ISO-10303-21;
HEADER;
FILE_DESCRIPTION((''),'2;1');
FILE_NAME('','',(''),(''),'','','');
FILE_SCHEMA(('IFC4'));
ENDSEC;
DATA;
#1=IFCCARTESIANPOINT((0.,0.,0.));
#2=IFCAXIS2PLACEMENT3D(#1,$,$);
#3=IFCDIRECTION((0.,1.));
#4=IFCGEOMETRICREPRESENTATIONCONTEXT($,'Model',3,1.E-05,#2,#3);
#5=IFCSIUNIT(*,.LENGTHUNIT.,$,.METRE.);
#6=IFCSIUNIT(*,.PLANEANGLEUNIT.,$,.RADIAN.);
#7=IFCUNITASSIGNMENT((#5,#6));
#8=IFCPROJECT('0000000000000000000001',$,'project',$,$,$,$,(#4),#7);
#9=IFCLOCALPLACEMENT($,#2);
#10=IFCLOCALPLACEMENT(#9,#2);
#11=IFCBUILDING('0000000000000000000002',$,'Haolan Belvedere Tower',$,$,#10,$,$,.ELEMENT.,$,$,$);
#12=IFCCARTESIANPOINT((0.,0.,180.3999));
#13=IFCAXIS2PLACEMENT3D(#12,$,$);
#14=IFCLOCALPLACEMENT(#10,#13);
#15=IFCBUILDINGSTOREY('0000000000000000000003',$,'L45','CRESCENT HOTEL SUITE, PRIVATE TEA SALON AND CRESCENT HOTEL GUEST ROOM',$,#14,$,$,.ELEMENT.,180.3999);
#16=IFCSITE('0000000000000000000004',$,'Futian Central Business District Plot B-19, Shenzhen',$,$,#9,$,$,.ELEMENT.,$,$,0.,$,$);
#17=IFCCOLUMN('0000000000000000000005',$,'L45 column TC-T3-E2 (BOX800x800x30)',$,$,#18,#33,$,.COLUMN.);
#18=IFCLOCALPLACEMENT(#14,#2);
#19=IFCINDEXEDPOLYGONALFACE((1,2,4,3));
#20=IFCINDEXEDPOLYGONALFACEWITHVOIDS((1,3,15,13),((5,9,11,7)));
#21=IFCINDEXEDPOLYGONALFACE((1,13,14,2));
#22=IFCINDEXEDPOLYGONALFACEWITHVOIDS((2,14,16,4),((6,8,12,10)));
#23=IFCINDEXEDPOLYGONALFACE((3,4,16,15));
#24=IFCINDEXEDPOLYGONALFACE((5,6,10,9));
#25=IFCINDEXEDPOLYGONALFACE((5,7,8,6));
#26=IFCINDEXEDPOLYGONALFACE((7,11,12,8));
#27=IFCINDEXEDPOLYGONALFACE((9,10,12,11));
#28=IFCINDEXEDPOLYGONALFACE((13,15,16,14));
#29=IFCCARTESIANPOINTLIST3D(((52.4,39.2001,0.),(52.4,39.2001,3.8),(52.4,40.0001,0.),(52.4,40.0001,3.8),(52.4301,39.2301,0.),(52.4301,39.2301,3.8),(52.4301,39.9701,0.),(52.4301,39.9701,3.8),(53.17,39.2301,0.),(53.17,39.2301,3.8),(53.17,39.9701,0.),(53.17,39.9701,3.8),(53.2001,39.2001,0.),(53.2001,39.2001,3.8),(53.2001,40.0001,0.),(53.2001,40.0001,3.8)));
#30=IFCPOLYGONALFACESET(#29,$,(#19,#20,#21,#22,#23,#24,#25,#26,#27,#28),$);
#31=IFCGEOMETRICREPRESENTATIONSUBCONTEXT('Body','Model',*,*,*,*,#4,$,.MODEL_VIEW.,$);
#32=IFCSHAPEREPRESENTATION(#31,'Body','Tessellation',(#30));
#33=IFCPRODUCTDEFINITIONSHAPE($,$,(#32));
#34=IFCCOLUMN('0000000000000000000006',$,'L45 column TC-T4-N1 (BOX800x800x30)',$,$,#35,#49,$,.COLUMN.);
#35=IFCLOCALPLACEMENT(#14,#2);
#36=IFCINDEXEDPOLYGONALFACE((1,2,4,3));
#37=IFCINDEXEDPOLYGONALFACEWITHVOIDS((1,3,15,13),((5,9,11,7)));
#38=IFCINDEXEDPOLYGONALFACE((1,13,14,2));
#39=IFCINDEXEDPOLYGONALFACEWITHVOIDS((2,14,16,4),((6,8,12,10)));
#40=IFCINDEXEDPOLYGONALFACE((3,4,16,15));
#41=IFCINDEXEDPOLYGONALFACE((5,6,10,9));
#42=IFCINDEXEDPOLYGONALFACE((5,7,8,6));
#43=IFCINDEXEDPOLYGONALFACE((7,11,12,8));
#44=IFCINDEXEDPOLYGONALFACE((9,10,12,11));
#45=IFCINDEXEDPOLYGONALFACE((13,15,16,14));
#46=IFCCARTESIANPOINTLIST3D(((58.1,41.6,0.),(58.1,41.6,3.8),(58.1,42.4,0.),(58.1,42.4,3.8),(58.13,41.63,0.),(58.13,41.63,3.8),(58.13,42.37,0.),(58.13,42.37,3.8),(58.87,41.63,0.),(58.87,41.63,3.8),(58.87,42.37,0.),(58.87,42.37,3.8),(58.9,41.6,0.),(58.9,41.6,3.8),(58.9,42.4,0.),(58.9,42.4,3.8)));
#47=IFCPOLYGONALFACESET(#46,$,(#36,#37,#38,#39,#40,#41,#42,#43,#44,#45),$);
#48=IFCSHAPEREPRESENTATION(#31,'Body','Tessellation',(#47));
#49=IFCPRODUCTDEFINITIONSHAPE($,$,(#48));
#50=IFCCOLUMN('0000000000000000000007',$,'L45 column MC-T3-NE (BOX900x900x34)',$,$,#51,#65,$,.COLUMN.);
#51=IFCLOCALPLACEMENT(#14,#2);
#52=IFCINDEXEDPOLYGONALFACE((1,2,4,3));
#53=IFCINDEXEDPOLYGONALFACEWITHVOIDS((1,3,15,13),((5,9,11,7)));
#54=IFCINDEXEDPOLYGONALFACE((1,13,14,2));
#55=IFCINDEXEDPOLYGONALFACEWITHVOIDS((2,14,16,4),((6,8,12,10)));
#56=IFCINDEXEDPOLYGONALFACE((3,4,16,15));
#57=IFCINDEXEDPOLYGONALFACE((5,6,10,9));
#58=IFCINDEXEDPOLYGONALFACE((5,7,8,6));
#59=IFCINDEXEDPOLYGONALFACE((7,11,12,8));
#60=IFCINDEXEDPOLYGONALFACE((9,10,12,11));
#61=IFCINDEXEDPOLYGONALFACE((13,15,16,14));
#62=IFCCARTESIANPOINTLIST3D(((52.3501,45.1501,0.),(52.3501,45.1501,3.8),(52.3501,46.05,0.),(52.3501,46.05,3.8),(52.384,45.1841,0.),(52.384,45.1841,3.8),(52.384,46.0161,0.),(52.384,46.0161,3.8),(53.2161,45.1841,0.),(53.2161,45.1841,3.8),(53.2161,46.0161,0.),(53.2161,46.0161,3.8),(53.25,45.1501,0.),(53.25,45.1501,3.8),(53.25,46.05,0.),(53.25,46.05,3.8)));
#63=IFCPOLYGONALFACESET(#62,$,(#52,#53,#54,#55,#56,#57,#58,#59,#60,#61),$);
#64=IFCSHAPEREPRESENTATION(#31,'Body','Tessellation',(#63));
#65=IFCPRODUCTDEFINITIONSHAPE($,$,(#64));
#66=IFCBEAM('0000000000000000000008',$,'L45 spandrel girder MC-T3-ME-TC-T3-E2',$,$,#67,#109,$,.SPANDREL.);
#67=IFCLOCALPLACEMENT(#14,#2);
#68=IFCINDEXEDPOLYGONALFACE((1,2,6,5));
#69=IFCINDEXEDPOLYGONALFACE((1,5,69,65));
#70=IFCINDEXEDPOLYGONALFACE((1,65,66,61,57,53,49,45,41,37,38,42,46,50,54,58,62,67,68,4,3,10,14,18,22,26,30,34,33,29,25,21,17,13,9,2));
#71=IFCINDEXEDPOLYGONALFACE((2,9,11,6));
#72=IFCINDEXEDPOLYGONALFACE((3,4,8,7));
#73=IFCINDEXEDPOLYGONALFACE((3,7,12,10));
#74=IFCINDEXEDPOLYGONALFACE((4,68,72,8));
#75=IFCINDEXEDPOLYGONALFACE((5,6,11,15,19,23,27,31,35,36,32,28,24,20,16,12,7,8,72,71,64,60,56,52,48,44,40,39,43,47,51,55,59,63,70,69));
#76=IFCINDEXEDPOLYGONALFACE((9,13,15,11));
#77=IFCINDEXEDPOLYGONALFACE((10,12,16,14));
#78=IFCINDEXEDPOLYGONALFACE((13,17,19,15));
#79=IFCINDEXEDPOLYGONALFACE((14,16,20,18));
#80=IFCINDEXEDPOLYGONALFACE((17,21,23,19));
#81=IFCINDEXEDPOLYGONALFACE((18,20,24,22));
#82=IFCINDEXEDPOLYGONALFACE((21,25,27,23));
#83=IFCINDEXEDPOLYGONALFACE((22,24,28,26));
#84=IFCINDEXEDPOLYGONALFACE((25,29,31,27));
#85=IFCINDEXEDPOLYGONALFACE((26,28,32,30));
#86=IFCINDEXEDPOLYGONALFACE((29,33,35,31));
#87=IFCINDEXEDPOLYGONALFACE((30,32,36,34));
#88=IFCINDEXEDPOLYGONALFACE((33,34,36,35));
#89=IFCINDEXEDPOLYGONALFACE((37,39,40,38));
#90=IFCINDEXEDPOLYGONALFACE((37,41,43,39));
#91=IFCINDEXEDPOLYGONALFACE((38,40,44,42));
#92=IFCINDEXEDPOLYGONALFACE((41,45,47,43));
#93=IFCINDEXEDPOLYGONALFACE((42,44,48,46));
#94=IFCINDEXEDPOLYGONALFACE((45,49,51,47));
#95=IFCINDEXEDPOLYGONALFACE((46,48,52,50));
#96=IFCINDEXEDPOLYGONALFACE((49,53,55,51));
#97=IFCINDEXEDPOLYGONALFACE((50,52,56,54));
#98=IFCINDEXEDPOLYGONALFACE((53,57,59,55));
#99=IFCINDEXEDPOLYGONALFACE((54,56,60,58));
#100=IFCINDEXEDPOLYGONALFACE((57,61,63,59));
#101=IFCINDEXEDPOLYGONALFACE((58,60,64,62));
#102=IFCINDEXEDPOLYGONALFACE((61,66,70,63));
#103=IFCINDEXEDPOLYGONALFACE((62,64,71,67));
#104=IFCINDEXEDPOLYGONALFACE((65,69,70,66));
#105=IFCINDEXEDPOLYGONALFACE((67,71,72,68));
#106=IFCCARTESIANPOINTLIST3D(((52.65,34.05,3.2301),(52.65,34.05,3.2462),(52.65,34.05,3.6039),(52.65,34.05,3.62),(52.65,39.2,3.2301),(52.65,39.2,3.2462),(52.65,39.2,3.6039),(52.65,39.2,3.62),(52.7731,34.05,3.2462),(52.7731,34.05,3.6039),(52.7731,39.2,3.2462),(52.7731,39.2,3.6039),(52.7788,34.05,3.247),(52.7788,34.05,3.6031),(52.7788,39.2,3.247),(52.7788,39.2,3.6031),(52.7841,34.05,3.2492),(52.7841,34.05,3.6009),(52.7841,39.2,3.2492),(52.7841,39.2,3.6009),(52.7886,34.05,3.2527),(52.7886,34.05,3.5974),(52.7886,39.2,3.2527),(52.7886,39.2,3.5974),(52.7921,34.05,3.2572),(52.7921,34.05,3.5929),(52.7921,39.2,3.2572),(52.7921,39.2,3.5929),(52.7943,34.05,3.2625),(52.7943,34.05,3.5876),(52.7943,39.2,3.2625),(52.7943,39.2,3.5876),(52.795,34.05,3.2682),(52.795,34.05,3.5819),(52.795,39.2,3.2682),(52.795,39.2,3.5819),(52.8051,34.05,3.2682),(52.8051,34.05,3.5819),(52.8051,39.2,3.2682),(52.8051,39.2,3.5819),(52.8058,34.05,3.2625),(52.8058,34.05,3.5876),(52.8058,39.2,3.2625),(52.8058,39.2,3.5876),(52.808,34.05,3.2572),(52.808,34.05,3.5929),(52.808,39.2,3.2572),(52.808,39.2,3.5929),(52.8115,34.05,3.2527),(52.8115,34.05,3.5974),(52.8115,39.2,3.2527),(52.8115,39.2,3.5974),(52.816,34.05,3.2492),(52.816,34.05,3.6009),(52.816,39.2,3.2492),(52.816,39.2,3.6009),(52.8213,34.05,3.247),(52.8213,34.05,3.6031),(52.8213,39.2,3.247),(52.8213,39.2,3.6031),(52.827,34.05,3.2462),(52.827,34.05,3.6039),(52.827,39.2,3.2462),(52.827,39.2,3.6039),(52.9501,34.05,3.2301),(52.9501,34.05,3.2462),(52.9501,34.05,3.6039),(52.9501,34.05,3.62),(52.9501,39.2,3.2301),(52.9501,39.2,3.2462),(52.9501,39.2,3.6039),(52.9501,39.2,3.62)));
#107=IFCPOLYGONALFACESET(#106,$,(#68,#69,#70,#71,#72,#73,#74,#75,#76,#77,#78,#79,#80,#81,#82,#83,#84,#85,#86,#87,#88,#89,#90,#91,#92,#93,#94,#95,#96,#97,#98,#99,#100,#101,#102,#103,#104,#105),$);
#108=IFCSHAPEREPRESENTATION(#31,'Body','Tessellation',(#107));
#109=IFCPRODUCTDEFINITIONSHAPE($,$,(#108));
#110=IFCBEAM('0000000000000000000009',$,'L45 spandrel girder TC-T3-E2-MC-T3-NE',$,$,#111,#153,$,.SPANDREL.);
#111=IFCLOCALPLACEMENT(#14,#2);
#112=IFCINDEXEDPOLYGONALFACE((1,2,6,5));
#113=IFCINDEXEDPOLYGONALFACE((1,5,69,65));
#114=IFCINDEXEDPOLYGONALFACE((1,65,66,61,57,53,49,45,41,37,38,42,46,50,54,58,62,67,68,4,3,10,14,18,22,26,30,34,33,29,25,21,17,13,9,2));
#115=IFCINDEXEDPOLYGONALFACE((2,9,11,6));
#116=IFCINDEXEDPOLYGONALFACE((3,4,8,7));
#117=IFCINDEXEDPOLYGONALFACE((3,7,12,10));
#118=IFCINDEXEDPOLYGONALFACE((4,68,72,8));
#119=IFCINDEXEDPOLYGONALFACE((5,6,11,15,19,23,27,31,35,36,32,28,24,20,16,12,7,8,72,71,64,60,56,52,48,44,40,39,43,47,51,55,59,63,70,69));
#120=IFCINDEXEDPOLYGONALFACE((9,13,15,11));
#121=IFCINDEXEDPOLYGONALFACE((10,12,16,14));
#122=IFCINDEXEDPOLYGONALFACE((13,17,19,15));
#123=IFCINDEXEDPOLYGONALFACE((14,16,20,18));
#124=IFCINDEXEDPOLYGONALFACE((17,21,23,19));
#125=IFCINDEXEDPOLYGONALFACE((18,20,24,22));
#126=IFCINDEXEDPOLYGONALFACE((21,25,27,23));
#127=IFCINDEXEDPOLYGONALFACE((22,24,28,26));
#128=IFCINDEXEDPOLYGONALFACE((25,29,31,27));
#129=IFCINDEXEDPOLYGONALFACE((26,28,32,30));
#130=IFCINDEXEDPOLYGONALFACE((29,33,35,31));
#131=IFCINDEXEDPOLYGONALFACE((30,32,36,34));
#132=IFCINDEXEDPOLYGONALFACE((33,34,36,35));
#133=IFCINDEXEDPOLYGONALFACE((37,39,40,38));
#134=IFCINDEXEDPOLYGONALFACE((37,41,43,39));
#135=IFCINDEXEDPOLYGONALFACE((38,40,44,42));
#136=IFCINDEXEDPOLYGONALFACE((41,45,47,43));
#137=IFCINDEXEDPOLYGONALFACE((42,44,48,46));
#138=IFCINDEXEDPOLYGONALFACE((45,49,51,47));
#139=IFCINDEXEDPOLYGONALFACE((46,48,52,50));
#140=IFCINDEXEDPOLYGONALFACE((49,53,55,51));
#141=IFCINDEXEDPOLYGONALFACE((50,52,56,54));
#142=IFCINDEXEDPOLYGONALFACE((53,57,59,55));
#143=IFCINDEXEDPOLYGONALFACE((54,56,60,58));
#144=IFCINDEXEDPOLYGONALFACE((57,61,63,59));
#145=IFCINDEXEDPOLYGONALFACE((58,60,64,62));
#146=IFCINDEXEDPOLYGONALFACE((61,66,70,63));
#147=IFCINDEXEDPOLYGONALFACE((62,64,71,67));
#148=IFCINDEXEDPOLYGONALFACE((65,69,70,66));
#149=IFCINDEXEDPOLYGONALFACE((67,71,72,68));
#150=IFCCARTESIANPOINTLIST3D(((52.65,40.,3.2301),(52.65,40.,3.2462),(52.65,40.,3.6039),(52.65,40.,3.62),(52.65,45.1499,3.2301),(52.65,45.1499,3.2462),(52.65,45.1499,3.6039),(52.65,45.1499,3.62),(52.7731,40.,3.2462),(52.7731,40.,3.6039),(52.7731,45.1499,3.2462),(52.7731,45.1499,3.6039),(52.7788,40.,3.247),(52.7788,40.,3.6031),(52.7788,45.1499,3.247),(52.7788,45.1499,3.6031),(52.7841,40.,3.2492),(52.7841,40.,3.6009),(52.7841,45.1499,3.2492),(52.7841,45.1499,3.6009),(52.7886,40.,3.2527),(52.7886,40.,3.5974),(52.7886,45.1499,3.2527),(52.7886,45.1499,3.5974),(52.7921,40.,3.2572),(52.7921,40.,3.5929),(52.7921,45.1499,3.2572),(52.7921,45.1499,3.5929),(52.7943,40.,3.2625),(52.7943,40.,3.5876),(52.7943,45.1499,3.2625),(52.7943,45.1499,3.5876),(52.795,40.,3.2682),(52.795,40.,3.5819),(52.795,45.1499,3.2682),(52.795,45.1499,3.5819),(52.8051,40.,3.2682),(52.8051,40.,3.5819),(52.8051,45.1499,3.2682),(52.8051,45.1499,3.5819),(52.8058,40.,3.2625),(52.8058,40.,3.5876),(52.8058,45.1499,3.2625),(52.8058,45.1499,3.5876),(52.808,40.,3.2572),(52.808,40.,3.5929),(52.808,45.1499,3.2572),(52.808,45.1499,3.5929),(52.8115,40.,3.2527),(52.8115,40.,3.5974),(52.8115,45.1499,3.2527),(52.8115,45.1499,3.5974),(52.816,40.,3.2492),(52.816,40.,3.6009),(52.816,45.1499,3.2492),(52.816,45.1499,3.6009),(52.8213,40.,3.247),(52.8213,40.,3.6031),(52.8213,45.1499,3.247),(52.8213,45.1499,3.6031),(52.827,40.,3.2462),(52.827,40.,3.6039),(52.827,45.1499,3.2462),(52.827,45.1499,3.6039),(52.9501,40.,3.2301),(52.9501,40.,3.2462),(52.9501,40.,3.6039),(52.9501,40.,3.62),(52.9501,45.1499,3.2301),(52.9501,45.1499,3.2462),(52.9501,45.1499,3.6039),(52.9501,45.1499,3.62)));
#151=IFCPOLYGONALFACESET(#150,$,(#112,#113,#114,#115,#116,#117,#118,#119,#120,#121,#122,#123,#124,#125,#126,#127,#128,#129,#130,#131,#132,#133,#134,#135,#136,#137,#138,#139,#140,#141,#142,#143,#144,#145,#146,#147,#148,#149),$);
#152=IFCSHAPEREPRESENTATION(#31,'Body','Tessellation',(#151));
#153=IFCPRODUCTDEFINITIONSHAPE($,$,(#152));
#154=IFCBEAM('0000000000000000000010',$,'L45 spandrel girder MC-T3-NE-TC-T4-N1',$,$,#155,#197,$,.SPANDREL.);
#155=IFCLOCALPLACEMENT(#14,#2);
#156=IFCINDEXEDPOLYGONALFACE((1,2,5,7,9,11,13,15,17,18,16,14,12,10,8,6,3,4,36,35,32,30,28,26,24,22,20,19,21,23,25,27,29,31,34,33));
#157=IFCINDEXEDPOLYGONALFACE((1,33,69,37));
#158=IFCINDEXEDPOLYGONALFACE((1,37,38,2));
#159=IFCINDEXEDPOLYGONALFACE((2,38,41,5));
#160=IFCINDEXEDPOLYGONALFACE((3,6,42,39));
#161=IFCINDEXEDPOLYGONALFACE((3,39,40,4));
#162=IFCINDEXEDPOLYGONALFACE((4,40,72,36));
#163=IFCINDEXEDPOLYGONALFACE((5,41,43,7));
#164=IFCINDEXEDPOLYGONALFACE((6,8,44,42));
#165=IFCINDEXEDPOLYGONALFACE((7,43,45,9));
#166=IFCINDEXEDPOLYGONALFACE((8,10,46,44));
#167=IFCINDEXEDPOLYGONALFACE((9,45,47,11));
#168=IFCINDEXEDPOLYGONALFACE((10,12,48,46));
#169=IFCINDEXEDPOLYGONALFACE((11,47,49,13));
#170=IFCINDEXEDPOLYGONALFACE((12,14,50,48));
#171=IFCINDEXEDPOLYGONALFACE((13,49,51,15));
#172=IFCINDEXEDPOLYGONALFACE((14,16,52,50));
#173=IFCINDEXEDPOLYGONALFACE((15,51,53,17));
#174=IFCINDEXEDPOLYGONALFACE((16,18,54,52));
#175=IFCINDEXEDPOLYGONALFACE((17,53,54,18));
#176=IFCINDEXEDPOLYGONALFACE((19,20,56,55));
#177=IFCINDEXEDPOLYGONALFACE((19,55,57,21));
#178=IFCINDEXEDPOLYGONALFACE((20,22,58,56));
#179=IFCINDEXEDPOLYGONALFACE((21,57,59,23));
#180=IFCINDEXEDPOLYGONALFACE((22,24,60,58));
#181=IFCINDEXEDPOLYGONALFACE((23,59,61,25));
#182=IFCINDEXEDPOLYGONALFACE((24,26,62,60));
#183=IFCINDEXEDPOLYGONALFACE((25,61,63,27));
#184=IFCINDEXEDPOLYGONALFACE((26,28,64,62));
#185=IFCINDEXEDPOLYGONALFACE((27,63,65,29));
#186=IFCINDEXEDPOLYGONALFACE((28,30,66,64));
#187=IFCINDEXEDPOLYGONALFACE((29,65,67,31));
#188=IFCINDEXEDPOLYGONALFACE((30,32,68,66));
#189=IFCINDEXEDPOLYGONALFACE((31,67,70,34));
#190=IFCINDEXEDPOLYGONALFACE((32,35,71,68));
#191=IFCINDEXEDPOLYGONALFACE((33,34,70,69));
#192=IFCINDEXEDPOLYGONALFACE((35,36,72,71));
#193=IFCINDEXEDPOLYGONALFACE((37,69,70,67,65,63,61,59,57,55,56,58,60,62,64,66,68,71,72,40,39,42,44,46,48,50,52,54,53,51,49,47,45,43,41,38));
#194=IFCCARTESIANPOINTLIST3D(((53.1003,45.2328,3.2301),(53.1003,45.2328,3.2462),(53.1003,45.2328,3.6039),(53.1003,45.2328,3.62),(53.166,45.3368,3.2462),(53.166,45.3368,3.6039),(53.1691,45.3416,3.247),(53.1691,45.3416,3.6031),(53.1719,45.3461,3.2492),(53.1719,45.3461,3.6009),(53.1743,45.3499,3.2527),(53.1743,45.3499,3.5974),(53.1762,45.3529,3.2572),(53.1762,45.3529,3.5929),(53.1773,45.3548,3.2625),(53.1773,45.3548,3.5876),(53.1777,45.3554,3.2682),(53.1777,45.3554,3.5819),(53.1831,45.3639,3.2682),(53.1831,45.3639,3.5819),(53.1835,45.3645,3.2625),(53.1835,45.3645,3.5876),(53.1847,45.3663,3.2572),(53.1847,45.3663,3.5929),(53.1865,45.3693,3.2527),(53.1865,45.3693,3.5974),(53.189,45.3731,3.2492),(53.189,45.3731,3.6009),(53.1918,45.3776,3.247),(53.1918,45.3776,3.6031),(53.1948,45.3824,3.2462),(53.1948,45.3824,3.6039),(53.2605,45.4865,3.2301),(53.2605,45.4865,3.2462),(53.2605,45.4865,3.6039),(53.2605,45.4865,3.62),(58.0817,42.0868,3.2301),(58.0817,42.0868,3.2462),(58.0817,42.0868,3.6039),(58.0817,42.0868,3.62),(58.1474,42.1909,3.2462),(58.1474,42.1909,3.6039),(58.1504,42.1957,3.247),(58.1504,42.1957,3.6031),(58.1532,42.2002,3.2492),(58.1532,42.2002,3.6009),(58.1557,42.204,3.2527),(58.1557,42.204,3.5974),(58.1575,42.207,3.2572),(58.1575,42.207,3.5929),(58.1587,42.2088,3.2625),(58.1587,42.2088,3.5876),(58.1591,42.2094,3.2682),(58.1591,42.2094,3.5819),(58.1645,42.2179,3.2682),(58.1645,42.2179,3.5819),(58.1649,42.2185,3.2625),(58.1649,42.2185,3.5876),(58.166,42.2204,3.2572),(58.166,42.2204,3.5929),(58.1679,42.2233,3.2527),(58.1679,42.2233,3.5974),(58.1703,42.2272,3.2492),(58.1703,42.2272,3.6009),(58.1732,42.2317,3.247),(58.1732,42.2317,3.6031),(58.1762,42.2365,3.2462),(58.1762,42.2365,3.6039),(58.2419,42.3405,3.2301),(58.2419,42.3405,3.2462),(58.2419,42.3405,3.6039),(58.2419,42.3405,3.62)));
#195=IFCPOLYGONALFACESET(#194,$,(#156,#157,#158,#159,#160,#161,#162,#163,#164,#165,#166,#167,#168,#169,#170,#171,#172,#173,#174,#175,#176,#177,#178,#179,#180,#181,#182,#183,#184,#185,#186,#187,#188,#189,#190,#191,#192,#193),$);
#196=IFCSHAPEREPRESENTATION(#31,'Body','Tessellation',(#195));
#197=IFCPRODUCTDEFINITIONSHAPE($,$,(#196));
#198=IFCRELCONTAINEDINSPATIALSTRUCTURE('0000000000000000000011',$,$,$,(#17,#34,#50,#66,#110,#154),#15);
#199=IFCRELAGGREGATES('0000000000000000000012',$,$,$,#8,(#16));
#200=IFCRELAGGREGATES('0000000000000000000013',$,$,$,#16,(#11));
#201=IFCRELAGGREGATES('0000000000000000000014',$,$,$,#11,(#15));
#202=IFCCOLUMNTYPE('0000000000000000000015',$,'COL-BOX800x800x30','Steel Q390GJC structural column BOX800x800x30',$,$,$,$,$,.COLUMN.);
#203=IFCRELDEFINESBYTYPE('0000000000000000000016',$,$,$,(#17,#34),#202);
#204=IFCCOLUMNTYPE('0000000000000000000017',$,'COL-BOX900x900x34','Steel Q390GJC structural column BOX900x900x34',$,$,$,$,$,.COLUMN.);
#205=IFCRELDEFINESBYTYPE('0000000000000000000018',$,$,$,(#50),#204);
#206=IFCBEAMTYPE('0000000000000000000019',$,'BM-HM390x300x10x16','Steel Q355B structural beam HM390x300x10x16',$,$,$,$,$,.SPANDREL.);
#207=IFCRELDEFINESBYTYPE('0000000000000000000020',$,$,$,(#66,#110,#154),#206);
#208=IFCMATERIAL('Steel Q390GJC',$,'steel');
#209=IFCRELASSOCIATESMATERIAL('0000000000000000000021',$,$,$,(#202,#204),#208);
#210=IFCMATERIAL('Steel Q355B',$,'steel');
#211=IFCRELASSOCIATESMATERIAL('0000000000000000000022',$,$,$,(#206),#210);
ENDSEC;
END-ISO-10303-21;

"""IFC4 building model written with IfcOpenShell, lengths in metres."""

from ifc_helpers import new_model, si_unit, direction, frame, origin, origin_2d, place, context, subcontext, project, spatial, hollow_rectangle, i_section, extrude, material, material_profile, profile_set, type_object, element, save


model = new_model("IFC4")

# Units and contexts
model_context = context("Model", 3, precision=1e-05, world=origin(), true_north=direction((0.0, 1.0)))
body_context = subcontext(model_context, "Body", "Model", "MODEL_VIEW")
ifc_project = project(units=[si_unit("LENGTHUNIT", "METRE"), si_unit("PLANEANGLEUNIT", "RADIAN")], contexts=[model_context])

# Site, building, storey
site_placement = place(None, origin())
site = spatial("IfcSite", under=ifc_project, at=site_placement, Name="Futian Central Business District Plot B-19, Shenzhen", CompositionType="ELEMENT", RefElevation=0.0)
building_placement = place(site_placement, origin())
building = spatial("IfcBuilding", under=site, at=building_placement, Name="Haolan Belvedere Tower", CompositionType="ELEMENT")
storey_placement = place(building_placement, frame((0.0, 0.0, 180.3999)))
storey = spatial("IfcBuildingStorey", under=building, at=storey_placement, Name="L45", Description="CRESCENT HOTEL SUITE, PRIVATE TEA SALON AND CRESCENT HOTEL GUEST ROOM", CompositionType="ELEMENT", Elevation=180.3999)

# Columns
ifc_material_1 = material(Name="Steel Q390GJC", Category="steel")
ifc_material_profile_1 = material_profile(ifc_material_1, hollow_rectangle(XDim=0.8, YDim=0.8, WallThickness=0.03, at=origin_2d()), Name="Steel Q390GJC")
ifc_profile_set_1 = profile_set([ifc_material_profile_1], Name="Steel Q390GJC")
column_type_1 = type_object("IfcColumnType", Name="COL-BOX800x800x30", Description="Steel Q390GJC structural column BOX800x800x30", PredefinedType="COLUMN", material=ifc_profile_set_1)
for number, where, z_axis, x_axis, name in (
    (1, (52.8, 39.6001, 0.0), (0.0, 0.0, 1.0), (1.0, 0.0, 0.0), "L45 column TC-T3-E2 (BOX800x800x30)"),
    (2, (58.5, 42.0, 0.0), (0.0, 0.0, 1.0), (1.0, 0.0, 0.0), "L45 column TC-T4-N1 (BOX800x800x30)"),
):
    element("IfcColumn", number, at=place(storey_placement, frame(where, z_axis=z_axis, x_axis=x_axis)), inside=storey, type_object=column_type_1, Name=name, PredefinedType="COLUMN", context=body_context, shape_type="SweptSolid", body=[
        extrude(hollow_rectangle(XDim=0.8, YDim=0.8, WallThickness=0.03, at=origin_2d()), origin(), (0.0, 0.0, 1.0), 3.8),
    ])
ifc_material_profile_2 = material_profile(ifc_material_1, hollow_rectangle(XDim=0.8999, YDim=0.8999, WallThickness=0.0339, at=origin_2d()), Name="Steel Q390GJC")
ifc_profile_set_2 = profile_set([ifc_material_profile_2], Name="Steel Q390GJC")
column_type_2 = type_object("IfcColumnType", Name="COL-BOX900x900x34", Description="Steel Q390GJC structural column BOX900x900x34", PredefinedType="COLUMN", material=ifc_profile_set_2)
column_placement = place(storey_placement, frame((52.8, 45.6001, 0.0), z_axis=(0.0, 0.0, 1.0), x_axis=(1.0, 0.0, 0.0)))
element("IfcColumn", 3, at=column_placement, inside=storey, type_object=column_type_2, Name="L45 column MC-T3-NE (BOX900x900x34)", PredefinedType="COLUMN", context=body_context, shape_type="SweptSolid", body=[
    extrude(hollow_rectangle(XDim=0.8999, YDim=0.8999, WallThickness=0.0339, at=origin_2d()), origin(), (0.0, 0.0, 1.0), 3.8),
])

# Beams
ifc_material_2 = material(Name="Steel Q355B", Category="steel")
ifc_material_profile_3 = material_profile(ifc_material_2, i_section(OverallWidth=0.3, OverallDepth=0.3899, WebThickness=0.01, FlangeThickness=0.0161, FilletRadius=0.022, at=origin_2d()), Name="Steel Q355B")
ifc_profile_set_3 = profile_set([ifc_material_profile_3], Name="Steel Q355B")
beam_type_1 = type_object("IfcBeamType", Name="BM-HM390x300x10x16", Description="Steel Q355B structural beam HM390x300x10x16", PredefinedType="SPANDREL", material=ifc_profile_set_3)
for number, where, z_axis, x_axis, name in (
    (4, (52.8, 34.05, 3.425), (0.0, 1.0, 0.0), (-1.0, 0.0, 0.0), "L45 spandrel girder MC-T3-ME-TC-T3-E2"),
    (5, (52.8, 40.0, 3.425), (0.0, 1.0, 0.0), (-1.0, 0.0, 0.0), "L45 spandrel girder TC-T3-E2-MC-T3-NE"),
):
    element("IfcBeam", number, at=place(storey_placement, frame(where, z_axis=z_axis, x_axis=x_axis)), inside=storey, type_object=beam_type_1, Name=name, PredefinedType="SPANDREL", context=body_context, shape_type="SweptSolid", body=[
        extrude(i_section(OverallWidth=0.3, OverallDepth=0.3899, WebThickness=0.01, FlangeThickness=0.0161, FilletRadius=0.022, at=origin_2d()), origin(), (0.0, 0.0, 1.0), 5.1499),
    ])
beam_1_placement = place(storey_placement, frame((53.1804, 45.3596, 3.425), z_axis=(0.845503, -0.533971, 0.0), x_axis=(0.533971, 0.845503, 0.0)))
element("IfcBeam", 6, at=beam_1_placement, inside=storey, type_object=beam_type_1, Name="L45 spandrel girder MC-T3-NE-TC-T4-N1", PredefinedType="SPANDREL", context=body_context, shape_type="SweptSolid", body=[
    extrude(i_section(OverallWidth=0.3, OverallDepth=0.3899, WebThickness=0.01, FlangeThickness=0.0161, FilletRadius=0.022, at=origin_2d()), origin(), (0.0, 0.0, 1.0), 5.8916),
])

save(model, "model.ifc")
